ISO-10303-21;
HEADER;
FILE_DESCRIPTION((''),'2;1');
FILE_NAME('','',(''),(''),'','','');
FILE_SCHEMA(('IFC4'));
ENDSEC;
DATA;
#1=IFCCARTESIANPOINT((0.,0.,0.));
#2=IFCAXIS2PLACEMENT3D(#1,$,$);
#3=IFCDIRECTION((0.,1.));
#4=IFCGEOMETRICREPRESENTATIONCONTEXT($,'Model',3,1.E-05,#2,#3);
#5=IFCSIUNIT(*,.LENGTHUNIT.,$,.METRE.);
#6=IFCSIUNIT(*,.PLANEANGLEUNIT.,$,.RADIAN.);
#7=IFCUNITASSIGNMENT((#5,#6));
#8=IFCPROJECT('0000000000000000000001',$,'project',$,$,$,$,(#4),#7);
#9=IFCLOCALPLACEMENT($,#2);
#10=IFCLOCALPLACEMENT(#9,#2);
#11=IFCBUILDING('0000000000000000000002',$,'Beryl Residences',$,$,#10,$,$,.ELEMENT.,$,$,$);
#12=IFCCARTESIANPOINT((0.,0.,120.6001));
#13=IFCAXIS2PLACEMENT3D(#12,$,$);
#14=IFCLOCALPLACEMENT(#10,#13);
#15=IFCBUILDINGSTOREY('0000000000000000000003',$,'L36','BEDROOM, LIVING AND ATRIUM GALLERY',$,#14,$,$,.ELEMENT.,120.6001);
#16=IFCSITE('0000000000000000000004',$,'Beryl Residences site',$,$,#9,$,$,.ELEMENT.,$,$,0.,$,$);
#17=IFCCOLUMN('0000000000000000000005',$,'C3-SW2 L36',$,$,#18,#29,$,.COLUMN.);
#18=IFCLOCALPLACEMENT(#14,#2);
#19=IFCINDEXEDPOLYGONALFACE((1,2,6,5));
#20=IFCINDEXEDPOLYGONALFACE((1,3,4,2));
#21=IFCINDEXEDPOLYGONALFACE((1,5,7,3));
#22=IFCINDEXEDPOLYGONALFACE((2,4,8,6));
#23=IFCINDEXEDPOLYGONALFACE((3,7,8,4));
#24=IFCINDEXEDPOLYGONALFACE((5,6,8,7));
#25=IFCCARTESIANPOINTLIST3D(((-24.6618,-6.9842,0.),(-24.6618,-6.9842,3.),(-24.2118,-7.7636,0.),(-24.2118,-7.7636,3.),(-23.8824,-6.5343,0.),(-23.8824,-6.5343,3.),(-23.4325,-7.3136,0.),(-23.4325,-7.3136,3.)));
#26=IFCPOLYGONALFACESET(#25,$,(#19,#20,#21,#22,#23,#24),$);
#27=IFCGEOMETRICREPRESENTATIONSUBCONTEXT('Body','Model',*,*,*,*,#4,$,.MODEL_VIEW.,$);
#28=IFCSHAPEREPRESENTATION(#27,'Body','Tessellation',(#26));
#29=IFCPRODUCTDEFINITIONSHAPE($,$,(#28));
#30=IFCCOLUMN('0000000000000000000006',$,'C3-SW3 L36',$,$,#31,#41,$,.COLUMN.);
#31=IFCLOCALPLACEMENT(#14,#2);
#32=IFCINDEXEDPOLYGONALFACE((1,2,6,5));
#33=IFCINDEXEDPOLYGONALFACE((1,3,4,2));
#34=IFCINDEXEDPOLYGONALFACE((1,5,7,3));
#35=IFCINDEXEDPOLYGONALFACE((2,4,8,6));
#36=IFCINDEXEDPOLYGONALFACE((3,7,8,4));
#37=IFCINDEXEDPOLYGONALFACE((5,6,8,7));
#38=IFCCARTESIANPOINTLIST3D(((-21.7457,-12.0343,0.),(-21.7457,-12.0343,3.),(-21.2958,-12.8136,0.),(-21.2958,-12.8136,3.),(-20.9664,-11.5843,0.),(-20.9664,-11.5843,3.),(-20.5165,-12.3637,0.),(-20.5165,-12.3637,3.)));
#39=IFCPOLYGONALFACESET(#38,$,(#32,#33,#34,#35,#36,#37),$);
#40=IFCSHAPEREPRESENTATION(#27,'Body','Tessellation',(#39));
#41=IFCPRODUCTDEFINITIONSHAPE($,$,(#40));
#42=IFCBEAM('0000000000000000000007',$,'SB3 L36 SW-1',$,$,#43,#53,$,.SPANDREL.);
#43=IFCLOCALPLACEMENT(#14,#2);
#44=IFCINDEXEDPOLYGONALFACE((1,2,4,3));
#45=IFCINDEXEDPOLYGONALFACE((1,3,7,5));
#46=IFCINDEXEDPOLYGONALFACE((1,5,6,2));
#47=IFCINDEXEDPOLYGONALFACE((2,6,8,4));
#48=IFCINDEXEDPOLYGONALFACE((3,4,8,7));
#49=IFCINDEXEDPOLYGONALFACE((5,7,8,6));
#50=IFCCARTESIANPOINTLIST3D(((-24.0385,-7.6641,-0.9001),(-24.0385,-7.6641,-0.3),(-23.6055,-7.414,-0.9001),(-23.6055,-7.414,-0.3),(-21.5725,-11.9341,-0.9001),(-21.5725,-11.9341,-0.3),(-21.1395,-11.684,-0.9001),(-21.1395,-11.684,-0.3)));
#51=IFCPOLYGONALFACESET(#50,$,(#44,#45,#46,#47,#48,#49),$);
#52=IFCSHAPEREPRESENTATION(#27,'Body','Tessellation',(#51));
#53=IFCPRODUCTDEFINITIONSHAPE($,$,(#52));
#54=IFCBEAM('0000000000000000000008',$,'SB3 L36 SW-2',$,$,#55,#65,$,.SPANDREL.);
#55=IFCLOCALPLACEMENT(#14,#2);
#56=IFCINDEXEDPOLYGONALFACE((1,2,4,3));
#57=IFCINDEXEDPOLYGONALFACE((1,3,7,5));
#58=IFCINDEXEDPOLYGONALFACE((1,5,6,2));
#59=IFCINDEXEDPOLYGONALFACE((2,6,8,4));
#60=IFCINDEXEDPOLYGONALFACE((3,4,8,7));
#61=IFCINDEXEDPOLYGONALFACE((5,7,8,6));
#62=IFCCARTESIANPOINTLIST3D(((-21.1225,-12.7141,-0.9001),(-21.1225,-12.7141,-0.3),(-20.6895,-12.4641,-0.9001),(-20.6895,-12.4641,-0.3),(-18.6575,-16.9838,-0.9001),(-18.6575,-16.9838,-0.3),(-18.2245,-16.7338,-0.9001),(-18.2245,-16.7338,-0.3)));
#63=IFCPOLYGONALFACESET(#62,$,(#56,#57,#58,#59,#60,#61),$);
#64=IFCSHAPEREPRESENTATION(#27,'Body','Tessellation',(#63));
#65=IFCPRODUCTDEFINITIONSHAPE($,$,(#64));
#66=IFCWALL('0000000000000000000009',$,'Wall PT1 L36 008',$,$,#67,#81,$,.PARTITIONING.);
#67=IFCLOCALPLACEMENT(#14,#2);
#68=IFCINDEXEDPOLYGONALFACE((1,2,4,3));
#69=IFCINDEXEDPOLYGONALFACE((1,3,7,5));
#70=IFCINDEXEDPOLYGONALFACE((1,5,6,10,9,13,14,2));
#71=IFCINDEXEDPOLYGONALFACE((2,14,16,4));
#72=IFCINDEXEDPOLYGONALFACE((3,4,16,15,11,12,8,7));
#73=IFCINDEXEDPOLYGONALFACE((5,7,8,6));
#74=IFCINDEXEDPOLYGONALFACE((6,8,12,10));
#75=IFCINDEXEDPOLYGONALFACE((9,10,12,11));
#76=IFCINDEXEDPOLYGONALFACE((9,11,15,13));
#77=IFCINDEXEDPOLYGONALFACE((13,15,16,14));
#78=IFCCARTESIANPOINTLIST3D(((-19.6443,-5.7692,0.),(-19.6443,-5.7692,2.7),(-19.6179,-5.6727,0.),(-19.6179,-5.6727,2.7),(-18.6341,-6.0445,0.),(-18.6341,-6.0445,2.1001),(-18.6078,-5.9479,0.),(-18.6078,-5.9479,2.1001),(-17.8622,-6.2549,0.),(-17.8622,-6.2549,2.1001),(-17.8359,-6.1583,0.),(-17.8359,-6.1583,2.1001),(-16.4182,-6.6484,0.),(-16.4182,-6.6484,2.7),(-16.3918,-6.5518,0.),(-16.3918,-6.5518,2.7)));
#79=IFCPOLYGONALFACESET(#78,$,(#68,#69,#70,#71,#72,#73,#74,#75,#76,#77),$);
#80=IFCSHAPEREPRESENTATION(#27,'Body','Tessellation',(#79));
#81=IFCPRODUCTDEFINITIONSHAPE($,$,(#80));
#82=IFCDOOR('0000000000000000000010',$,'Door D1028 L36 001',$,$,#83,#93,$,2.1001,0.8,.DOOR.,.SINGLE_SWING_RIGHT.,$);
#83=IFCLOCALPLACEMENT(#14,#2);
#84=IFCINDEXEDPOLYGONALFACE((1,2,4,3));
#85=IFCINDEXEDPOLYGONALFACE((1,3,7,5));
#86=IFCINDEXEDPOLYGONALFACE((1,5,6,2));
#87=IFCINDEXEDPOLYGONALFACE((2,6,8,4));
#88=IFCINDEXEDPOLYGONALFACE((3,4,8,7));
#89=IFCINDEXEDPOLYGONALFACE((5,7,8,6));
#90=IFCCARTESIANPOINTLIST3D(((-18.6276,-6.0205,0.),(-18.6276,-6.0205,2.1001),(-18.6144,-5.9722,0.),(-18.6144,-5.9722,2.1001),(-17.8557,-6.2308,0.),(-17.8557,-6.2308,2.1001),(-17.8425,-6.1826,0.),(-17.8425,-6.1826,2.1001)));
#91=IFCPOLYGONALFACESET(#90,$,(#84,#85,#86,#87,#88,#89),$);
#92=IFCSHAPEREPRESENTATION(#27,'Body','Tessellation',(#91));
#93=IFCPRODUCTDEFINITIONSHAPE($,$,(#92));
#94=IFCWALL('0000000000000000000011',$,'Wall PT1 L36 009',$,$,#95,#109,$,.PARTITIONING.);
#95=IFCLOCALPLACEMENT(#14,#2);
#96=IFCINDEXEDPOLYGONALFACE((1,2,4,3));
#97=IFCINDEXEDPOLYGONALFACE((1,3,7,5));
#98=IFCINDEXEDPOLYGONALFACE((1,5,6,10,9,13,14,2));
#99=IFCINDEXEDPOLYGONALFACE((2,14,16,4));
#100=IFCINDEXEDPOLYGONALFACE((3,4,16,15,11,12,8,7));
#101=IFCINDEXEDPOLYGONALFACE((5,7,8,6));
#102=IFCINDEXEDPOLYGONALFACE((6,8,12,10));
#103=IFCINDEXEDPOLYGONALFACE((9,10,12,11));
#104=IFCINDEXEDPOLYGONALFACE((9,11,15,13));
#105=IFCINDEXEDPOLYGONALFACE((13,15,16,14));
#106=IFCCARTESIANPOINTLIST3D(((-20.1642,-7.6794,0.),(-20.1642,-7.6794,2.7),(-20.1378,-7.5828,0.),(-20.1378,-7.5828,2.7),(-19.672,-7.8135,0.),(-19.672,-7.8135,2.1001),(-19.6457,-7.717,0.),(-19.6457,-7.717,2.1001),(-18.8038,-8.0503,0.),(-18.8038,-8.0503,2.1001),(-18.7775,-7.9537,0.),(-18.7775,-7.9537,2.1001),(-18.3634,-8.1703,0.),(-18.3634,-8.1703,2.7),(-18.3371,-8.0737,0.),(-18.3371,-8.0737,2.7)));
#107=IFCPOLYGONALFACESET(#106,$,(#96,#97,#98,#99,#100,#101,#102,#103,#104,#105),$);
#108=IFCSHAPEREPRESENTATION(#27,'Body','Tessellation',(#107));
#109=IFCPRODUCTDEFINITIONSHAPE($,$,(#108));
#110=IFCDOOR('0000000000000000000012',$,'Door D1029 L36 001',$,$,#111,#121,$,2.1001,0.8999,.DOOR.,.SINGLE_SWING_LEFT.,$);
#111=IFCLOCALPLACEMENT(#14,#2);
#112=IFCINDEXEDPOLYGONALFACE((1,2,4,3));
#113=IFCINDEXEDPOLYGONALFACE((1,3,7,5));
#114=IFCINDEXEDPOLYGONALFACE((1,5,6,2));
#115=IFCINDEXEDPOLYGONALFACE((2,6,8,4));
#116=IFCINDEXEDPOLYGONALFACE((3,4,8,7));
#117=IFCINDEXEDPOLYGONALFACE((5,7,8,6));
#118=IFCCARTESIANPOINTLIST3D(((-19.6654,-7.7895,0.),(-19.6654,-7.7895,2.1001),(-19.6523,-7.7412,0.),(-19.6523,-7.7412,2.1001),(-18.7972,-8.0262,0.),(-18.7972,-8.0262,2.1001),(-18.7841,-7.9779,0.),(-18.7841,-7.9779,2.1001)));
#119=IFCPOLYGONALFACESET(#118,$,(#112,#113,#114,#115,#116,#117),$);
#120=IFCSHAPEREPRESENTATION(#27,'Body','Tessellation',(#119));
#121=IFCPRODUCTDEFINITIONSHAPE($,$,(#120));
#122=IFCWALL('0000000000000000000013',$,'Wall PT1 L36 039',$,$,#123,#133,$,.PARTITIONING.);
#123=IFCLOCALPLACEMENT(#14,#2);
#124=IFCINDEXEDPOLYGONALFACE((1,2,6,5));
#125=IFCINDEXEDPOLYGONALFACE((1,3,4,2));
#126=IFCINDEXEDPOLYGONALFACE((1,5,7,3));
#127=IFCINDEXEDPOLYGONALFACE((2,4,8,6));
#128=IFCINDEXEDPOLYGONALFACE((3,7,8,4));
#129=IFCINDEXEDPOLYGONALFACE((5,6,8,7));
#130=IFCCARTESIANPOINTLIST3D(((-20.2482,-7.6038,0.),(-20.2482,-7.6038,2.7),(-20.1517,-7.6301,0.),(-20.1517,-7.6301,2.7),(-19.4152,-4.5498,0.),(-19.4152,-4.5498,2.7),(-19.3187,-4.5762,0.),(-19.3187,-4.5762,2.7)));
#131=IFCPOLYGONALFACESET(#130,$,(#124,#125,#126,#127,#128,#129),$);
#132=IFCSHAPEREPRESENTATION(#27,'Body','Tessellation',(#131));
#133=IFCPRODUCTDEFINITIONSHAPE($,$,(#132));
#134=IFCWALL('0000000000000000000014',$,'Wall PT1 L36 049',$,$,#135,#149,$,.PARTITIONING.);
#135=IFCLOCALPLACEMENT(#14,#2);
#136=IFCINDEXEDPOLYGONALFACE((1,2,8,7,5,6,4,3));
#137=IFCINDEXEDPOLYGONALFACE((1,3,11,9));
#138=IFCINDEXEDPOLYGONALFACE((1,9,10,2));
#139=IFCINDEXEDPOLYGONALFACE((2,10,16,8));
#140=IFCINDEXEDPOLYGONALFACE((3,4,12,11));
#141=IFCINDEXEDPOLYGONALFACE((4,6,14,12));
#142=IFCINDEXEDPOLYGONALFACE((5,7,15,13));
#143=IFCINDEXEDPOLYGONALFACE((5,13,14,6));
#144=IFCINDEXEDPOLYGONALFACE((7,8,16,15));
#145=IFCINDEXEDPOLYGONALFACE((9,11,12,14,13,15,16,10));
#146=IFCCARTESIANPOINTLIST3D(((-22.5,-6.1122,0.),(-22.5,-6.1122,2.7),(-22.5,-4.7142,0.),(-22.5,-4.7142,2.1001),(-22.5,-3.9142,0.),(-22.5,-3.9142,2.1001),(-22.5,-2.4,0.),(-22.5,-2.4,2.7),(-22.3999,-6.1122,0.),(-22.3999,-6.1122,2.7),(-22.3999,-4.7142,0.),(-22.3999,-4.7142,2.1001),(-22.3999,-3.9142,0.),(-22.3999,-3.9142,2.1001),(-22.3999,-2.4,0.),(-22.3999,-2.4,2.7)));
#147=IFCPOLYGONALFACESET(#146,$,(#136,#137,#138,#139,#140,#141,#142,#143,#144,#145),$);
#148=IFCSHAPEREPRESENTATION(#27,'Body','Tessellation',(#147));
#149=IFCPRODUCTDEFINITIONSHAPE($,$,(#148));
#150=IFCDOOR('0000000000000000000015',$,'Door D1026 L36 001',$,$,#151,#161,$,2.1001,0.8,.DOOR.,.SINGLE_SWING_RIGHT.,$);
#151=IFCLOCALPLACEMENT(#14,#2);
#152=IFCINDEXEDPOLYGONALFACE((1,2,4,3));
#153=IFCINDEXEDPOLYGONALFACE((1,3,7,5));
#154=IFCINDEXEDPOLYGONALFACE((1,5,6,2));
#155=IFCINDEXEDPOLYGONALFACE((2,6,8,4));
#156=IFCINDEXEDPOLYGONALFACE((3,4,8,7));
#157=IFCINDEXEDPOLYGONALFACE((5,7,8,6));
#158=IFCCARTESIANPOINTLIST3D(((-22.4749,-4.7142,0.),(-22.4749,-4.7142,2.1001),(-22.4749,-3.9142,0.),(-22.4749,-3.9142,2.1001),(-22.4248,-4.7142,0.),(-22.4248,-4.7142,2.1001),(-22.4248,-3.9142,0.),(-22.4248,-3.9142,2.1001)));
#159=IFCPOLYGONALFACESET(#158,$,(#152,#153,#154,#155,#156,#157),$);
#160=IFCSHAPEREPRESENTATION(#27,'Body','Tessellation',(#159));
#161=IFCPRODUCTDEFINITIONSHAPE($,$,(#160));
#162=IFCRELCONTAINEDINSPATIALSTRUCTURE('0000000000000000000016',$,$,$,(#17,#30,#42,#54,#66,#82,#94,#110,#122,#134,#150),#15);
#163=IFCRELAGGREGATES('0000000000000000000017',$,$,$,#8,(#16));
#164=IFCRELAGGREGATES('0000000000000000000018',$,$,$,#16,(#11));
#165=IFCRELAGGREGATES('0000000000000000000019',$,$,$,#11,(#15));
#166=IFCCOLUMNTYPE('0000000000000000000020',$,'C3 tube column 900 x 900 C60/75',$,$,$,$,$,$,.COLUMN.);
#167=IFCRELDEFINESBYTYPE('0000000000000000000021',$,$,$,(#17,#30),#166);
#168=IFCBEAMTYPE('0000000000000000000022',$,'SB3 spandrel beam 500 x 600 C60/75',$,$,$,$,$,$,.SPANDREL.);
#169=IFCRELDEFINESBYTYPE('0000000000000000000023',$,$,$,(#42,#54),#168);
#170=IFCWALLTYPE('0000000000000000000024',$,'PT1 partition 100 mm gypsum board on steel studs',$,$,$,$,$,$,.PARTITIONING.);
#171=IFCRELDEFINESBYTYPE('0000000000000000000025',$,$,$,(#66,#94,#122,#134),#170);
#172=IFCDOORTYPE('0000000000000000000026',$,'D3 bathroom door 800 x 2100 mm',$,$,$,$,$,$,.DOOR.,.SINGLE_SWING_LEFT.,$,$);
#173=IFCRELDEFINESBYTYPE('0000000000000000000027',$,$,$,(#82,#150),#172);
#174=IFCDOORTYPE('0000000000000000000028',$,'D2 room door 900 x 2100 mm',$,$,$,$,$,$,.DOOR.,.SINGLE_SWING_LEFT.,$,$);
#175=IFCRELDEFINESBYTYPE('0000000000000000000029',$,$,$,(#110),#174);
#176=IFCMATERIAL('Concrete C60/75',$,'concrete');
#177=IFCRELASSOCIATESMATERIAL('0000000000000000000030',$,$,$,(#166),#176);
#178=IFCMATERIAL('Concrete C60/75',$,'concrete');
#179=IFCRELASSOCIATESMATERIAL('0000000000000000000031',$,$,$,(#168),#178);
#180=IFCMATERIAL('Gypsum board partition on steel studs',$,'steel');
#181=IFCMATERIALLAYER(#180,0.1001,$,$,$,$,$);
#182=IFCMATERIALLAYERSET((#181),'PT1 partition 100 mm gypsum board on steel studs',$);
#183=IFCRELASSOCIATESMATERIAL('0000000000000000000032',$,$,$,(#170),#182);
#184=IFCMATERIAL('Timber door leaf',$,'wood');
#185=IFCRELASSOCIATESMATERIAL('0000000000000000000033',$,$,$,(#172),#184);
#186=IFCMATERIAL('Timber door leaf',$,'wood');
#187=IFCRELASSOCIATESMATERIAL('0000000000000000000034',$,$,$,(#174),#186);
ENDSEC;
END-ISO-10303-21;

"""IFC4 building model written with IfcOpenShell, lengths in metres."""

from ifc_helpers import new_model, si_unit, direction, frame, frame_2d, origin, origin_2d, place, context, subcontext, project, spatial, rectangle, extrude, material, layer, layer_set, material_profile, profile_set, type_object, element, fill, save


model = new_model("IFC4")

# Units and contexts
model_context = context("Model", 3, precision=1e-05, world=origin(), true_north=direction((0.0, 1.0)))
body_context = subcontext(model_context, "Body", "Model", "MODEL_VIEW")
ifc_project = project(units=[si_unit("LENGTHUNIT", "METRE"), si_unit("PLANEANGLEUNIT", "RADIAN")], contexts=[model_context])

# Site, building, storey
site_placement = place(None, origin())
site = spatial("IfcSite", under=ifc_project, at=site_placement, Name="Beryl Residences site", CompositionType="ELEMENT", RefElevation=0.0)
building_placement = place(site_placement, origin())
building = spatial("IfcBuilding", under=site, at=building_placement, Name="Beryl Residences", CompositionType="ELEMENT")
storey_placement = place(building_placement, frame((0.0, 0.0, 120.6001)))
storey = spatial("IfcBuildingStorey", under=building, at=storey_placement, Name="L36", Description="BEDROOM, LIVING AND ATRIUM GALLERY", CompositionType="ELEMENT", Elevation=120.6001)

# Columns
ifc_material_1 = material(Name="Concrete C60/75", Category="concrete")
ifc_material_profile_1 = material_profile(ifc_material_1, rectangle(XDim=0.8999, YDim=0.8999, at=origin_2d()))
ifc_profile_set_1 = profile_set([ifc_material_profile_1], Name="Concrete C60/75")
column_type = type_object("IfcColumnType", Name="C3 tube column 900 x 900 C60/75", PredefinedType="COLUMN", material=ifc_profile_set_1)
for number, where, z_axis, x_axis, name in (
    (1, (-24.0471, -7.1489, 0.0), (0.0, 0.0, 1.0), (0.5, -0.866025, 0.0), "C3-SW2 L36"),
    (2, (-21.1311, -12.199, 0.0), (0.0, 0.0, 1.0), (0.5, -0.866025, 0.0), "C3-SW3 L36"),
):
    element("IfcColumn", number, at=place(storey_placement, frame(where, z_axis=z_axis, x_axis=x_axis)), inside=storey, type_object=column_type, Name=name, PredefinedType="COLUMN", context=body_context, shape_type="SweptSolid", body=[
        extrude(rectangle(XDim=0.8999, YDim=0.8999, at=origin_2d()), origin(), (0.0, 0.0, 1.0), 3.0),
    ])

# Beams
ifc_material_2 = material(Name="Concrete C60/75", Category="concrete")
ifc_material_profile_2 = material_profile(ifc_material_2, rectangle(XDim=0.5, YDim=0.6001, at=origin_2d()))
ifc_profile_set_2 = profile_set([ifc_material_profile_2], Name="Concrete C60/75")
beam_type = type_object("IfcBeamType", Name="SB3 spandrel beam 500 x 600 C60/75", PredefinedType="SPANDREL", material=ifc_profile_set_2)
beam_1_placement = place(storey_placement, frame((-23.822, -7.5391, -0.6001), z_axis=(0.500117, -0.865958, 0.0), x_axis=(0.865958, 0.500117, 0.0)))
element("IfcBeam", 3, at=beam_1_placement, inside=storey, type_object=beam_type, Name="SB3 L36 SW-1", PredefinedType="SPANDREL", context=body_context, shape_type="SweptSolid", body=[
    extrude(rectangle(XDim=0.5, YDim=0.6001, at=origin_2d()), origin(), (0.0, 0.0, 1.0), 4.9309),
])
beam_2_placement = place(storey_placement, frame((-20.906, -12.5891, -0.6001), z_axis=(0.49999, -0.866031, 0.0), x_axis=(0.866031, 0.49999, 0.0)))
element("IfcBeam", 4, at=beam_2_placement, inside=storey, type_object=beam_type, Name="SB3 L36 SW-2", PredefinedType="SPANDREL", context=body_context, shape_type="SweptSolid", body=[
    extrude(rectangle(XDim=0.5, YDim=0.6001, at=origin_2d()), origin(), (0.0, 0.0, 1.0), 4.9302),
])

# Walls, openings, doors
ifc_material_3 = material(Name="Gypsum board partition on steel studs", Category="steel")
ifc_layer_1 = layer(ifc_material_3, 0.1001)
ifc_layer_set_1 = layer_set([ifc_layer_1], Name="PT1 partition 100 mm gypsum board on steel studs")
wall_type_1 = type_object("IfcWallType", Name="PT1 partition 100 mm gypsum board on steel studs", PredefinedType="PARTITIONING", material=ifc_layer_set_1)
wall_1_placement = place(storey_placement, frame((-19.6311, -5.7209, 0.0), z_axis=(0.0, 0.0, 1.0), x_axis=(0.964816, -0.262926, 0.0)))
wall_1 = element("IfcWall", 5, at=wall_1_placement, inside=storey, type_object=wall_type_1, Name="Wall PT1 L36 008", PredefinedType="PARTITIONING", context=body_context, shape_type="SweptSolid", body=[
    extrude(rectangle(XDim=3.3438, YDim=0.1001, at=frame_2d((1.6719, 0.0))), origin(), (0.0, 0.0, 1.0), 2.7),
])
opening_1_placement = place(wall_1_placement, frame((1.0471, 0.0, 0.0)))
opening_1 = element("IfcOpeningElement", 6, at=opening_1_placement, cuts=wall_1, PredefinedType="OPENING", context=body_context, shape_type="SweptSolid", body=[
    extrude(rectangle(XDim=0.8, YDim=2.1001, at=frame_2d((0.3999, 1.05))), frame((0.0, 0.0601, 0.0), z_axis=(0.0, -1.0, 0.0), x_axis=(1.0, 0.0, 0.0)), (0.0, 0.0, 1.0), 0.1201),
])
ifc_material_4 = material(Name="Timber door leaf", Category="wood")
door_type_1 = type_object("IfcDoorType", Name="D3 bathroom door 800 x 2100 mm", OperationType="SINGLE_SWING_LEFT", PredefinedType="DOOR", material=ifc_material_4)
door_1_placement = place(opening_1_placement, origin())
door_1 = element("IfcDoor", 7, at=door_1_placement, inside=storey, type_object=door_type_1, Name="Door D1028 L36 001", OperationType="SINGLE_SWING_RIGHT", OverallHeight=2.1001, OverallWidth=0.8, PredefinedType="DOOR", context=body_context, shape_type="SweptSolid", body=[
    extrude(rectangle(XDim=0.8, YDim=2.1001, at=frame_2d((0.3999, 1.05))), frame((0.0, 0.0249, 0.0), z_axis=(0.0, -1.0, 0.0), x_axis=(1.0, 0.0, 0.0)), (0.0, 0.0, 1.0), 0.05),
])
fill(opening_1, door_1)
wall_2_placement = place(storey_placement, frame((-20.1509, -7.6311, 0.0), z_axis=(0.0, 0.0, 1.0), x_axis=(0.964785, -0.26304, 0.0)))
wall_2 = element("IfcWall", 8, at=wall_2_placement, inside=storey, type_object=wall_type_1, Name="Wall PT1 L36 009", PredefinedType="PARTITIONING", context=body_context, shape_type="SweptSolid", body=[
    extrude(rectangle(XDim=1.8665, YDim=0.1001, at=frame_2d((0.9331, 0.0))), origin(), (0.0, 0.0, 1.0), 2.7),
])
opening_2_placement = place(wall_2_placement, frame((0.51, 0.0, 0.0)))
opening_2 = element("IfcOpeningElement", 9, at=opening_2_placement, cuts=wall_2, PredefinedType="OPENING", context=body_context, shape_type="SweptSolid", body=[
    extrude(rectangle(XDim=0.8999, YDim=2.1001, at=frame_2d((0.45, 1.05))), frame((0.0, 0.0601, 0.0), z_axis=(0.0, -1.0, 0.0), x_axis=(1.0, 0.0, 0.0)), (0.0, 0.0, 1.0), 0.1201),
])
ifc_material_5 = material(Name="Timber door leaf", Category="wood")
door_type_2 = type_object("IfcDoorType", Name="D2 room door 900 x 2100 mm", OperationType="SINGLE_SWING_LEFT", PredefinedType="DOOR", material=ifc_material_5)
door_2_placement = place(opening_2_placement, origin())
door_2 = element("IfcDoor", 10, at=door_2_placement, inside=storey, type_object=door_type_2, Name="Door D1029 L36 001", OperationType="SINGLE_SWING_LEFT", OverallHeight=2.1001, OverallWidth=0.8999, PredefinedType="DOOR", context=body_context, shape_type="SweptSolid", body=[
    extrude(rectangle(XDim=0.8999, YDim=2.1001, at=frame_2d((0.45, 1.05))), frame((0.0, 0.0249, 0.0), z_axis=(0.0, -1.0, 0.0), x_axis=(1.0, 0.0, 0.0)), (0.0, 0.0, 1.0), 0.05),
])
fill(opening_2, door_2)

# Wall
wall_3_placement = place(storey_placement, frame((-20.2, -7.6169, 0.0), z_axis=(0.0, 0.0, 1.0), x_axis=(0.26315, 0.964755, 0.0)))
element("IfcWall", 11, at=wall_3_placement, inside=storey, type_object=wall_type_1, Name="Wall PT1 L36 039", PredefinedType="PARTITIONING", context=body_context, shape_type="SweptSolid", body=[
    extrude(rectangle(XDim=3.1655, YDim=0.1001, at=frame_2d((1.5828, 0.0))), origin(), (0.0, 0.0, 1.0), 2.7),
])

# Wall, opening, door
wall_4_placement = place(storey_placement, frame((-22.45, -6.1121, 0.0), z_axis=(0.0, 0.0, 1.0), x_axis=(0.0, 1.0, 0.0)))
wall_4 = element("IfcWall", 12, at=wall_4_placement, inside=storey, type_object=wall_type_1, Name="Wall PT1 L36 049", PredefinedType="PARTITIONING", context=body_context, shape_type="SweptSolid", body=[
    extrude(rectangle(XDim=3.7122, YDim=0.1001, at=frame_2d((1.856, 0.0))), origin(), (0.0, 0.0, 1.0), 2.7),
])
opening_3_placement = place(wall_4_placement, frame((1.3979, 0.0, 0.0)))
opening_3 = element("IfcOpeningElement", 13, at=opening_3_placement, cuts=wall_4, PredefinedType="OPENING", context=body_context, shape_type="SweptSolid", body=[
    extrude(rectangle(XDim=0.8, YDim=2.1001, at=frame_2d((0.3999, 1.05))), frame((0.0, 0.0601, 0.0), z_axis=(0.0, -1.0, 0.0), x_axis=(1.0, 0.0, 0.0)), (0.0, 0.0, 1.0), 0.1201),
])
door_3_placement = place(opening_3_placement, origin())
door_3 = element("IfcDoor", 14, at=door_3_placement, inside=storey, type_object=door_type_1, Name="Door D1026 L36 001", OperationType="SINGLE_SWING_RIGHT", OverallHeight=2.1001, OverallWidth=0.8, PredefinedType="DOOR", context=body_context, shape_type="SweptSolid", body=[
    extrude(rectangle(XDim=0.8, YDim=2.1001, at=frame_2d((0.3999, 1.05))), frame((0.0, 0.0249, 0.0), z_axis=(0.0, -1.0, 0.0), x_axis=(1.0, 0.0, 0.0)), (0.0, 0.0, 1.0), 0.05),
])
fill(opening_3, door_3)

save(model, "model.ifc")
